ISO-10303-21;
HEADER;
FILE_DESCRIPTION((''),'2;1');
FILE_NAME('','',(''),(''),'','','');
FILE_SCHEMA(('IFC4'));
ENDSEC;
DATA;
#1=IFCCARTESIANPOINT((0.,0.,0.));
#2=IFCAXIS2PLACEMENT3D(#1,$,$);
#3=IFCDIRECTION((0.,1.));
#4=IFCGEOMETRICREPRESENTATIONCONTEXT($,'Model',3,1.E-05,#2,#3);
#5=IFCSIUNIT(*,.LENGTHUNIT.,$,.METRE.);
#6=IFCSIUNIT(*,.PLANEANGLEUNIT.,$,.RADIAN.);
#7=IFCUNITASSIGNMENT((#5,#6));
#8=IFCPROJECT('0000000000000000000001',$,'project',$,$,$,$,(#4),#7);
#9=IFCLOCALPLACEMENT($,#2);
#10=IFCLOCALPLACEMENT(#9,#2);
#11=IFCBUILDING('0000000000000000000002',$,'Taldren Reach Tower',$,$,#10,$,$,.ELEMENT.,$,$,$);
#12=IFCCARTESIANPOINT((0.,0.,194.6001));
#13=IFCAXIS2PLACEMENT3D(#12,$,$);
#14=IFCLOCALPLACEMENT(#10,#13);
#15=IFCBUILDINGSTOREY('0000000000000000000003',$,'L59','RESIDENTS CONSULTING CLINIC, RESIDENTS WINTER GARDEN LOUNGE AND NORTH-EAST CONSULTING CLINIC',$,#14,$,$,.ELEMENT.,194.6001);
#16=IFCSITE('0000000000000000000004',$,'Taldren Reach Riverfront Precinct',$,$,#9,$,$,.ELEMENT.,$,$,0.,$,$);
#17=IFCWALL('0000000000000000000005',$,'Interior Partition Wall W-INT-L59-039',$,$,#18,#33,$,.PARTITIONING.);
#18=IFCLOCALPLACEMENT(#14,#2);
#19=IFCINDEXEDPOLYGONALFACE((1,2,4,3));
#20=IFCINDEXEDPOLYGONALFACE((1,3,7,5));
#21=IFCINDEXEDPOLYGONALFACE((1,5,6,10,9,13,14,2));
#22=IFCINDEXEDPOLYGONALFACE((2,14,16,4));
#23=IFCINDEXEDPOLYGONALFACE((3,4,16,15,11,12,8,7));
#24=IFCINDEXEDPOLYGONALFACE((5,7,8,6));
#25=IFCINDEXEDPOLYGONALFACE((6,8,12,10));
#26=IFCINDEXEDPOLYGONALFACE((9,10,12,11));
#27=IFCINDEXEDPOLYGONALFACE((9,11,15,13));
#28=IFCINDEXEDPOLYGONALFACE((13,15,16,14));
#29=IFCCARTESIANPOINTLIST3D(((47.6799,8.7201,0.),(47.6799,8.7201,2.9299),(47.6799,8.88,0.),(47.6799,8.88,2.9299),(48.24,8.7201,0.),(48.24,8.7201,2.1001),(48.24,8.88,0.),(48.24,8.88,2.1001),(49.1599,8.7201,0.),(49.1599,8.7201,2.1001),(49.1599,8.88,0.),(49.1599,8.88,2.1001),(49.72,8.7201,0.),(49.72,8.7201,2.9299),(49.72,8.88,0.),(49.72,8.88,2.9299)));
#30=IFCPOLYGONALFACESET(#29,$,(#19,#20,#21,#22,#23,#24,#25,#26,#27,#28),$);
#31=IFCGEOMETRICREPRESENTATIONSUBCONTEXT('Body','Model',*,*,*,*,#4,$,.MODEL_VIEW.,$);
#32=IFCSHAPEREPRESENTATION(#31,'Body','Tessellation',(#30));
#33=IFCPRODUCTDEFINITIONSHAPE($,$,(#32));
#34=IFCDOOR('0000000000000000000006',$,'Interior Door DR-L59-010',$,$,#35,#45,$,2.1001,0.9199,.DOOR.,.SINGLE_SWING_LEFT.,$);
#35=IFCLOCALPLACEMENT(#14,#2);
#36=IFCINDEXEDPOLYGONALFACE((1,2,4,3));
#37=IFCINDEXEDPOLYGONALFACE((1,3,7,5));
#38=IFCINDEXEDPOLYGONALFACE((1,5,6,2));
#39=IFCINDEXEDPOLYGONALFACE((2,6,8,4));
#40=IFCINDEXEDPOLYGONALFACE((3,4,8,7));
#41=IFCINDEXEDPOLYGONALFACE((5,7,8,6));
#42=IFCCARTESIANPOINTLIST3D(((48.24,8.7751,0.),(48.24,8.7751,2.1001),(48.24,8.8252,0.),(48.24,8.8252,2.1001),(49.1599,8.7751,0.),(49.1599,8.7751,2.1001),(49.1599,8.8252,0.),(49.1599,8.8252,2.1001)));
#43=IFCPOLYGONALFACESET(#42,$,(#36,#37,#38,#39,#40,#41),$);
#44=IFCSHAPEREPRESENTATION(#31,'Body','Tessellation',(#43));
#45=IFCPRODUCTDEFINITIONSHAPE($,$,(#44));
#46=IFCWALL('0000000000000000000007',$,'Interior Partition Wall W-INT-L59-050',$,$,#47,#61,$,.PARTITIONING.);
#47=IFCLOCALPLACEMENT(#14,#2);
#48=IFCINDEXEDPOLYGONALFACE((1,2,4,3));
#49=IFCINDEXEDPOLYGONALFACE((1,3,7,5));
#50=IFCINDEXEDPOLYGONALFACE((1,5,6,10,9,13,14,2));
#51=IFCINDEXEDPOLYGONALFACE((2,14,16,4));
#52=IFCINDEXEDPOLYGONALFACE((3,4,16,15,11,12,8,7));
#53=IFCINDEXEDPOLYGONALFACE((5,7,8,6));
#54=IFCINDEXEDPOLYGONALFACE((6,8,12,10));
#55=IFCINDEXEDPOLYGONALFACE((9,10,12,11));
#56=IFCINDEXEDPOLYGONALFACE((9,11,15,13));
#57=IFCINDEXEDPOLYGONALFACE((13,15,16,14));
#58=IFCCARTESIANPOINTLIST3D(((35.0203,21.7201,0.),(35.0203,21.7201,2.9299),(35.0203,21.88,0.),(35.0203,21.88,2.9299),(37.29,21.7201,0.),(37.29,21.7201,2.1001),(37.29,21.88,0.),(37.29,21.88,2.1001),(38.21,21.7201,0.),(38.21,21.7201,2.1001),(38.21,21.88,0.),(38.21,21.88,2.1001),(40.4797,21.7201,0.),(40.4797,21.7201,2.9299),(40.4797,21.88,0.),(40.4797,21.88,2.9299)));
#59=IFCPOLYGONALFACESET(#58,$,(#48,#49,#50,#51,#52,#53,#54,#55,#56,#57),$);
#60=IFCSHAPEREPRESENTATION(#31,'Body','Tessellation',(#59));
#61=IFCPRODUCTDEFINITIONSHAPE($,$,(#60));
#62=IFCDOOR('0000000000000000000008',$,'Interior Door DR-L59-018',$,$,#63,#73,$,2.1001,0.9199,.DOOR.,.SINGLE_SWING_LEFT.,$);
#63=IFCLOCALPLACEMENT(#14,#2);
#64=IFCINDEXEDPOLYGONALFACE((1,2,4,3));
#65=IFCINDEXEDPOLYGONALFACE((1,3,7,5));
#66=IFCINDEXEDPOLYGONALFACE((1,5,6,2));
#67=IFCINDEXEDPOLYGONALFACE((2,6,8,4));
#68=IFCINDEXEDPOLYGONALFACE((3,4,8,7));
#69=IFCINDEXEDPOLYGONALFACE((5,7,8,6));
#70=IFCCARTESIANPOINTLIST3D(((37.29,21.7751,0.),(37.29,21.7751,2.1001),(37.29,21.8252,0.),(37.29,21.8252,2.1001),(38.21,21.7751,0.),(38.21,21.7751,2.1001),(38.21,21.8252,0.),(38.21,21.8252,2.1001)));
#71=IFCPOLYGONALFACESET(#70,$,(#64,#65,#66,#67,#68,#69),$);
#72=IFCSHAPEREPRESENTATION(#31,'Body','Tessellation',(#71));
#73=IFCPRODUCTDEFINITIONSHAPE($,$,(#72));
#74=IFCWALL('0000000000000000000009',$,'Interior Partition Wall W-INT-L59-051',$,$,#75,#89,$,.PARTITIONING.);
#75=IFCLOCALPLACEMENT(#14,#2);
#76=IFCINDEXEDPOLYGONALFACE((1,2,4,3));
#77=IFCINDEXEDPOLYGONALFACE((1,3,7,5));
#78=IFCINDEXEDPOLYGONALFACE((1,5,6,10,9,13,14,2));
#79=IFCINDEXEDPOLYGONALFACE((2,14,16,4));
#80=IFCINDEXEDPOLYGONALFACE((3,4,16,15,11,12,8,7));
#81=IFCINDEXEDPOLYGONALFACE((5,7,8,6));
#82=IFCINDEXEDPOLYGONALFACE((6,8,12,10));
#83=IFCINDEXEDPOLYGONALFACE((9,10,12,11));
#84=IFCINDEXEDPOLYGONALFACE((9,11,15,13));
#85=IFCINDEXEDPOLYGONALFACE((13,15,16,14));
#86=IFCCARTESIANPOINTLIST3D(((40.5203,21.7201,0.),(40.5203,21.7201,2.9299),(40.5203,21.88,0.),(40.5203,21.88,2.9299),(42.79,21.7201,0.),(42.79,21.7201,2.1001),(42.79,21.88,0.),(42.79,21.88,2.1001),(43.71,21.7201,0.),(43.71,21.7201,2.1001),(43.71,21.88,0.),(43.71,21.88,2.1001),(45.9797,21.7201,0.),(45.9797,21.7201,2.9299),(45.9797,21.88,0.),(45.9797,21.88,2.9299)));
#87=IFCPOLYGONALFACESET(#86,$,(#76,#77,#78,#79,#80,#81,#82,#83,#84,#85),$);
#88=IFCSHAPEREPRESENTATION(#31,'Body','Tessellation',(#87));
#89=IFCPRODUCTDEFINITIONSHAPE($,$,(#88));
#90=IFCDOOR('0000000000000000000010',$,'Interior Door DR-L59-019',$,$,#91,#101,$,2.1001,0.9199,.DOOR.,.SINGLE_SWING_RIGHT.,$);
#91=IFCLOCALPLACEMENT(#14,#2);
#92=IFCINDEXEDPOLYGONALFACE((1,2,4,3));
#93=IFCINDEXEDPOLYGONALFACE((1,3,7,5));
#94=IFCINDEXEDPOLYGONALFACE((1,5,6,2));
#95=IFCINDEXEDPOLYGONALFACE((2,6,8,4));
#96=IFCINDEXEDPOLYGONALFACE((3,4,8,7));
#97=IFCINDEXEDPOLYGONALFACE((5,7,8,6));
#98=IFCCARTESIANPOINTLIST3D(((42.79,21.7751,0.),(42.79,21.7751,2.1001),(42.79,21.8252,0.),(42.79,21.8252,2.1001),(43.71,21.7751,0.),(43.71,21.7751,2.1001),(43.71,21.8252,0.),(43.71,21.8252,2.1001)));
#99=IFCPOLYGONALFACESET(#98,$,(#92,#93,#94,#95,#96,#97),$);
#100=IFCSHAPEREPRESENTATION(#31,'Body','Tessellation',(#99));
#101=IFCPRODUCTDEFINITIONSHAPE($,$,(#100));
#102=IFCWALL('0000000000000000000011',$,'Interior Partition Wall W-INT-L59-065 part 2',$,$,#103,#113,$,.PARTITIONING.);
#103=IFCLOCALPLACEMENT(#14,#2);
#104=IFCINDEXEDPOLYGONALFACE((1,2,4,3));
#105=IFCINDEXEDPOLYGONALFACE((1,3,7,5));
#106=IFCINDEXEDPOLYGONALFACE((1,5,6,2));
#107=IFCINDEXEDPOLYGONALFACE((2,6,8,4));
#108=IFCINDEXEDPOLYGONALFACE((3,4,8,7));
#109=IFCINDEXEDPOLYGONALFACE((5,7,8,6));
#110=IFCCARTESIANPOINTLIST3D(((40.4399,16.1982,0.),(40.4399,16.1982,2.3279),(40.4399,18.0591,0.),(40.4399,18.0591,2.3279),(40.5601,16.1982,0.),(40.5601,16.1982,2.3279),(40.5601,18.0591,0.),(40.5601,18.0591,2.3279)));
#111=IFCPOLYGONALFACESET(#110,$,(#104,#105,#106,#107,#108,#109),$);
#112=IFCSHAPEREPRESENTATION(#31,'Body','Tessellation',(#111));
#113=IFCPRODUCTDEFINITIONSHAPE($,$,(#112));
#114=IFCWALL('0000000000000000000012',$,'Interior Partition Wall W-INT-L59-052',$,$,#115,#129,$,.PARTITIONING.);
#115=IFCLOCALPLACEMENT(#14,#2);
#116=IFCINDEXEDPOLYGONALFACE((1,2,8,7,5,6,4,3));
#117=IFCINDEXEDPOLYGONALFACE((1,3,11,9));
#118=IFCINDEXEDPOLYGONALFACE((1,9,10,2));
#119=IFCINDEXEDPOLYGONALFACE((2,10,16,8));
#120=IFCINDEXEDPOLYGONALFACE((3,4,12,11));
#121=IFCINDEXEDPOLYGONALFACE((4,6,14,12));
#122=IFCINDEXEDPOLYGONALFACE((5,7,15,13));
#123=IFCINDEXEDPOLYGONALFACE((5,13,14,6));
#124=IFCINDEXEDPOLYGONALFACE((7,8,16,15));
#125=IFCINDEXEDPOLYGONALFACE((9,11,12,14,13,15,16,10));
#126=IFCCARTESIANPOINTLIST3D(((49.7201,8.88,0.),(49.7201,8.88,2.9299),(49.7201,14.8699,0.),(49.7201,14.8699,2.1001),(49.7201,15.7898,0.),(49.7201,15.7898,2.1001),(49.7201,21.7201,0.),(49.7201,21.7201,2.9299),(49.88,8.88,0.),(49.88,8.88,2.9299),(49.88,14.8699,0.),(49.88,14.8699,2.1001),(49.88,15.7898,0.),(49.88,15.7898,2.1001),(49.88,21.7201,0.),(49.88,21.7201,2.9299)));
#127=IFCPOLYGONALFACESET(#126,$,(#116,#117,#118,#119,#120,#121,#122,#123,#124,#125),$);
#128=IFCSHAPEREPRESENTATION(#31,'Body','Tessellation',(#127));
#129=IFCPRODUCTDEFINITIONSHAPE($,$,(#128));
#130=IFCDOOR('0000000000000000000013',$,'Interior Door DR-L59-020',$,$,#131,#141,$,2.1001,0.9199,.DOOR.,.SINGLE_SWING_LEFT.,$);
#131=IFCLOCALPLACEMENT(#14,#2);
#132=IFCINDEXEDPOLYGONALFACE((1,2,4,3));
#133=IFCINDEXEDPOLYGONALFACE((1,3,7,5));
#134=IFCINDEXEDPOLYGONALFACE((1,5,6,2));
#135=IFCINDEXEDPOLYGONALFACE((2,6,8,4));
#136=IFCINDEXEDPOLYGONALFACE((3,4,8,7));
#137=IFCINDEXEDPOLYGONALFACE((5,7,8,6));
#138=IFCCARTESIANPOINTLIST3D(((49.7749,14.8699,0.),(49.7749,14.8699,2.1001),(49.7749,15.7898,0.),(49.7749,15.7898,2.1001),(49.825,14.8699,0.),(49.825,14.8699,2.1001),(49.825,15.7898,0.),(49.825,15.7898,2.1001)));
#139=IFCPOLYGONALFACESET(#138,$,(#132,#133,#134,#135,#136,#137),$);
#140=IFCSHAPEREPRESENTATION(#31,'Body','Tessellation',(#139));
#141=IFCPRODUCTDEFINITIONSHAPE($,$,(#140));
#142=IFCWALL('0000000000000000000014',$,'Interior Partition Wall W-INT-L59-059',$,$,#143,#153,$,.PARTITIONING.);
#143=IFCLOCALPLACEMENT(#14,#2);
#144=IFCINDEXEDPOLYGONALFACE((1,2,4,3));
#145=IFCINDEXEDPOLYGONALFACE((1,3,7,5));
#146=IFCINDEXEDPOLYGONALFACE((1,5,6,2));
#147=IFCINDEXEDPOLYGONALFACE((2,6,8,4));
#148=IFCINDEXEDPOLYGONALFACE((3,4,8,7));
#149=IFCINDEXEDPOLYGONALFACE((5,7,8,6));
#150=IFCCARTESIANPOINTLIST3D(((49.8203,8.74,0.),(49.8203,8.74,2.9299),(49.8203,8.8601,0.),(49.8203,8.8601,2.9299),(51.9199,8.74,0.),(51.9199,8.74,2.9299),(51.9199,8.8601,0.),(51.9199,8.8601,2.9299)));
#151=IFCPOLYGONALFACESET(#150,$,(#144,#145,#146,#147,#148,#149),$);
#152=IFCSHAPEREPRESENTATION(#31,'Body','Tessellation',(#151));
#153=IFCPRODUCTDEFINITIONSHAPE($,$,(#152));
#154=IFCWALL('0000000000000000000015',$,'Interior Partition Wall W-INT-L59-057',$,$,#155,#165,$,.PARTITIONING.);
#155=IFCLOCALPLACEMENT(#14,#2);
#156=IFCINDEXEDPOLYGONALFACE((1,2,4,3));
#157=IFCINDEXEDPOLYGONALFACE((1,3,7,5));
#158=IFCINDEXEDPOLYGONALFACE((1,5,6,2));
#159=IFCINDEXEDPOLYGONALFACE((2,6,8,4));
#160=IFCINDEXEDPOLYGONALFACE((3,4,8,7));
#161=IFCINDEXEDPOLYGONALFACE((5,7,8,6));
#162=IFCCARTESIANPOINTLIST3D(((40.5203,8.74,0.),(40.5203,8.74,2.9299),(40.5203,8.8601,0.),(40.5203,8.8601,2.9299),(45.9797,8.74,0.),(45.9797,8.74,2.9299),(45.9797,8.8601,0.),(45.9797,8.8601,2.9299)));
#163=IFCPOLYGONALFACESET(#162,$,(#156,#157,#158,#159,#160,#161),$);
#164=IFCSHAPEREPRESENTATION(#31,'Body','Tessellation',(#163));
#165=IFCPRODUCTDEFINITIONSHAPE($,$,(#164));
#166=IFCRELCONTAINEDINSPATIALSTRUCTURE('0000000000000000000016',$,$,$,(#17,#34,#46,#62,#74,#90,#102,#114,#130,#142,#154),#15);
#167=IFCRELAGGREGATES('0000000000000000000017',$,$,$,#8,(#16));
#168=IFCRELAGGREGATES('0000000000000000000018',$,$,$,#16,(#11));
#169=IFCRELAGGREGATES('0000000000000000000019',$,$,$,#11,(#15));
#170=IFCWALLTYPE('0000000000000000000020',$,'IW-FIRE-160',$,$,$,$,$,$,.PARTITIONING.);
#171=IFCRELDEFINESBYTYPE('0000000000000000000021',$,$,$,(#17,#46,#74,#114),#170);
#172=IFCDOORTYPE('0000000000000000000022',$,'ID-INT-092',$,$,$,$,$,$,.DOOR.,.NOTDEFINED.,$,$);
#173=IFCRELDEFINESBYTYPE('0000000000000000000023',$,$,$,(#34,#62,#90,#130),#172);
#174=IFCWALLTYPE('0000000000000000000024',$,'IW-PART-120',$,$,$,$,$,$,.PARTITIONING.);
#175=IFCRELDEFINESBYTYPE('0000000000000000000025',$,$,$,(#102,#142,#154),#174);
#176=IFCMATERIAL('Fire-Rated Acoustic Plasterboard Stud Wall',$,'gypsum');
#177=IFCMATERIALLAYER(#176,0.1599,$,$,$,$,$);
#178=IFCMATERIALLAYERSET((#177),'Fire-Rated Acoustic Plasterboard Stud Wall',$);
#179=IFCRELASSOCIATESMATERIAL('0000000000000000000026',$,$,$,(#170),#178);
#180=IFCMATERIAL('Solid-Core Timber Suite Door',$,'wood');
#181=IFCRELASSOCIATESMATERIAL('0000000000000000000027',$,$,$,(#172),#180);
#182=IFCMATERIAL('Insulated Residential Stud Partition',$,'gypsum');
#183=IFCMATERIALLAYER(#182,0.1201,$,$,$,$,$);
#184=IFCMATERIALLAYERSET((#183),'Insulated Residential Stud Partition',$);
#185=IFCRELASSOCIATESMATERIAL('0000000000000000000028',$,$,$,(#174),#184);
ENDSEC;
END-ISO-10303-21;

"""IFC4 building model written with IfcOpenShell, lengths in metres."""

from ifc_helpers import new_model, si_unit, direction, frame, frame_2d, origin, place, context, subcontext, project, spatial, rectangle, extrude, source, transform, mapped, material, layer, layer_set, type_object, element, fill, save


model = new_model("IFC4")

# Units and contexts
model_context = context("Model", 3, precision=1e-05, world=origin(), true_north=direction((0.0, 1.0)))
body_context = subcontext(model_context, "Body", "Model", "MODEL_VIEW")
ifc_project = project(units=[si_unit("LENGTHUNIT", "METRE"), si_unit("PLANEANGLEUNIT", "RADIAN")], contexts=[model_context])

# Site, building, storey
site_placement = place(None, origin())
site = spatial("IfcSite", under=ifc_project, at=site_placement, Name="Taldren Reach Riverfront Precinct", CompositionType="ELEMENT", RefElevation=0.0)
building_placement = place(site_placement, origin())
building = spatial("IfcBuilding", under=site, at=building_placement, Name="Taldren Reach Tower", CompositionType="ELEMENT")
storey_placement = place(building_placement, frame((0.0, 0.0, 194.6001)))
storey = spatial("IfcBuildingStorey", under=building, at=storey_placement, Name="L59", Description="RESIDENTS CONSULTING CLINIC, RESIDENTS WINTER GARDEN LOUNGE AND NORTH-EAST CONSULTING CLINIC", CompositionType="ELEMENT", Elevation=194.6001)

# Walls, openings, doors
ifc_material_1 = material(Name="Fire-Rated Acoustic Plasterboard Stud Wall", Category="gypsum")
ifc_layer_1 = layer(ifc_material_1, 0.1599)
ifc_layer_set_1 = layer_set([ifc_layer_1], Name="Fire-Rated Acoustic Plasterboard Stud Wall")
wall_type_1 = type_object("IfcWallType", Name="IW-FIRE-160", PredefinedType="PARTITIONING", material=ifc_layer_set_1)
shared_shape_1 = source(origin(), body_context, "Body", "SweptSolid", [
    extrude(rectangle(XDim=2.04, YDim=0.1599, at=frame_2d((1.02, 0.0))), origin(), (0.0, 0.0, 1.0), 2.9299),
])
wall_1_placement = place(storey_placement, frame((49.72, 8.8, 0.0), z_axis=(0.0, 0.0, 1.0), x_axis=(-1.0, 0.0, 0.0)))
wall_1 = element("IfcWall", 1, at=wall_1_placement, inside=storey, type_object=wall_type_1, Name="Interior Partition Wall W-INT-L59-039", PredefinedType="PARTITIONING", context=body_context, shape_type="MappedRepresentation", body=[
    mapped(shared_shape_1, transform((0.0, 0.0, 0.0), scale=1.0)),
])
shared_shape_2 = source(origin(), body_context, "Body", "SweptSolid", [
    extrude(rectangle(XDim=0.9199, YDim=2.1001, at=frame_2d((0.46, 1.05))), frame((0.0, 0.0898, 0.0), z_axis=(0.0, -1.0, 0.0), x_axis=(1.0, 0.0, 0.0)), (0.0, 0.0, 1.0), 0.1799),
])
opening_1_placement = place(wall_1_placement, frame((0.5601, 0.0, 0.0)))
opening_1 = element("IfcOpeningElement", 2, at=opening_1_placement, cuts=wall_1, PredefinedType="OPENING", context=body_context, shape_type="MappedRepresentation", body=[
    mapped(shared_shape_2, transform((0.0, 0.0, 0.0), scale=1.0)),
])
ifc_material_2 = material(Name="Solid-Core Timber Suite Door", Category="wood")
door_type = type_object("IfcDoorType", Name="ID-INT-092", OperationType="NOTDEFINED", PredefinedType="DOOR", material=ifc_material_2)
shared_shape_3 = source(origin(), body_context, "Body", "SweptSolid", [
    extrude(rectangle(XDim=0.9199, YDim=2.1001, at=frame_2d((0.46, 1.05))), frame((0.0, 0.0249, 0.0), z_axis=(0.0, -1.0, 0.0), x_axis=(1.0, 0.0, 0.0)), (0.0, 0.0, 1.0), 0.05),
])
door_1_placement = place(opening_1_placement, origin())
door_1 = element("IfcDoor", 3, at=door_1_placement, inside=storey, type_object=door_type, Name="Interior Door DR-L59-010", OperationType="SINGLE_SWING_LEFT", OverallHeight=2.1001, OverallWidth=0.9199, PredefinedType="DOOR", context=body_context, shape_type="MappedRepresentation", body=[
    mapped(shared_shape_3, transform((0.0, 0.0, 0.0), scale=1.0)),
])
fill(opening_1, door_1)
shared_shape_4 = source(origin(), body_context, "Body", "SweptSolid", [
    extrude(rectangle(XDim=5.4595, YDim=0.1599, at=frame_2d((2.7297, 0.0))), origin(), (0.0, 0.0, 1.0), 2.9299),
])
wall_2_placement = place(storey_placement, frame((40.4797, 21.8, 0.0), z_axis=(0.0, 0.0, 1.0), x_axis=(-1.0, 0.0, 0.0)))
wall_2 = element("IfcWall", 4, at=wall_2_placement, inside=storey, type_object=wall_type_1, Name="Interior Partition Wall W-INT-L59-050", PredefinedType="PARTITIONING", context=body_context, shape_type="MappedRepresentation", body=[
    mapped(shared_shape_4, transform((0.0, 0.0, 0.0), scale=1.0)),
])
opening_2_placement = place(wall_2_placement, frame((2.2698, 0.0, 0.0)))
opening_2 = element("IfcOpeningElement", 5, at=opening_2_placement, cuts=wall_2, PredefinedType="OPENING", context=body_context, shape_type="MappedRepresentation", body=[
    mapped(shared_shape_2, transform((0.0, 0.0, 0.0), scale=1.0)),
])
door_2_placement = place(opening_2_placement, origin())
door_2 = element("IfcDoor", 6, at=door_2_placement, inside=storey, type_object=door_type, Name="Interior Door DR-L59-018", OperationType="SINGLE_SWING_LEFT", OverallHeight=2.1001, OverallWidth=0.9199, PredefinedType="DOOR", context=body_context, shape_type="MappedRepresentation", body=[
    mapped(shared_shape_3, transform((0.0, 0.0, 0.0), scale=1.0)),
])
fill(opening_2, door_2)
wall_3_placement = place(storey_placement, frame((45.9797, 21.8, 0.0), z_axis=(0.0, 0.0, 1.0), x_axis=(-1.0, 0.0, 0.0)))
wall_3 = element("IfcWall", 7, at=wall_3_placement, inside=storey, type_object=wall_type_1, Name="Interior Partition Wall W-INT-L59-051", PredefinedType="PARTITIONING", context=body_context, shape_type="MappedRepresentation", body=[
    mapped(shared_shape_4, transform((0.0, 0.0, 0.0), scale=1.0)),
])
opening_3_placement = place(wall_3_placement, frame((2.2698, 0.0, 0.0)))
opening_3 = element("IfcOpeningElement", 8, at=opening_3_placement, cuts=wall_3, PredefinedType="OPENING", context=body_context, shape_type="MappedRepresentation", body=[
    mapped(shared_shape_2, transform((0.0, 0.0, 0.0), scale=1.0)),
])
door_3_placement = place(opening_3_placement, origin())
door_3 = element("IfcDoor", 9, at=door_3_placement, inside=storey, type_object=door_type, Name="Interior Door DR-L59-019", OperationType="SINGLE_SWING_RIGHT", OverallHeight=2.1001, OverallWidth=0.9199, PredefinedType="DOOR", context=body_context, shape_type="MappedRepresentation", body=[
    mapped(shared_shape_3, transform((0.0, 0.0, 0.0), scale=1.0)),
])
fill(opening_3, door_3)

# Wall
ifc_material_3 = material(Name="Insulated Residential Stud Partition", Category="gypsum")
ifc_layer_2 = layer(ifc_material_3, 0.1201)
ifc_layer_set_2 = layer_set([ifc_layer_2], Name="Insulated Residential Stud Partition")
wall_type_2 = type_object("IfcWallType", Name="IW-PART-120", PredefinedType="PARTITIONING", material=ifc_layer_set_2)
shared_shape_5 = source(origin(), body_context, "Body", "SweptSolid", [
    extrude(rectangle(XDim=1.8608, YDim=0.1201, at=frame_2d((0.9304, 0.0))), origin(), (0.0, 0.0, 1.0), 2.3279),
])
wall_4_placement = place(storey_placement, frame((40.5, 18.0591, 0.0), z_axis=(0.0, 0.0, 1.0), x_axis=(0.0, -1.0, 0.0)))
element("IfcWall", 10, at=wall_4_placement, inside=storey, type_object=wall_type_2, Name="Interior Partition Wall W-INT-L59-065 part 2", PredefinedType="PARTITIONING", context=body_context, shape_type="MappedRepresentation", body=[
    mapped(shared_shape_5, transform((0.0, 0.0, 0.0), scale=1.0)),
])

# Wall, opening, door
shared_shape_6 = source(origin(), body_context, "Body", "SweptSolid", [
    extrude(rectangle(XDim=12.8401, YDim=0.1599, at=frame_2d((6.4199, 0.0))), origin(), (0.0, 0.0, 1.0), 2.9299),
])
wall_5_placement = place(storey_placement, frame((49.8, 21.72, 0.0), z_axis=(0.0, 0.0, 1.0), x_axis=(0.0, -1.0, 0.0)))
wall_5 = element("IfcWall", 11, at=wall_5_placement, inside=storey, type_object=wall_type_1, Name="Interior Partition Wall W-INT-L59-052", PredefinedType="PARTITIONING", context=body_context, shape_type="MappedRepresentation", body=[
    mapped(shared_shape_6, transform((0.0, 0.0, 0.0), scale=1.0)),
])
opening_4_placement = place(wall_5_placement, frame((5.9302, 0.0, 0.0)))
opening_4 = element("IfcOpeningElement", 12, at=opening_4_placement, cuts=wall_5, PredefinedType="OPENING", context=body_context, shape_type="MappedRepresentation", body=[
    mapped(shared_shape_2, transform((0.0, 0.0, 0.0), scale=1.0)),
])
door_4_placement = place(opening_4_placement, origin())
door_4 = element("IfcDoor", 13, at=door_4_placement, inside=storey, type_object=door_type, Name="Interior Door DR-L59-020", OperationType="SINGLE_SWING_LEFT", OverallHeight=2.1001, OverallWidth=0.9199, PredefinedType="DOOR", context=body_context, shape_type="MappedRepresentation", body=[
    mapped(shared_shape_3, transform((0.0, 0.0, 0.0), scale=1.0)),
])
fill(opening_4, door_4)

# Walls
shared_shape_7 = source(origin(), body_context, "Body", "SweptSolid", [
    extrude(rectangle(XDim=2.0996, YDim=0.1201, at=frame_2d((1.0498, 0.0))), origin(), (0.0, 0.0, 1.0), 2.9299),
])
wall_6_placement = place(storey_placement, frame((49.8203, 8.8, 0.0), z_axis=(0.0, 0.0, 1.0), x_axis=(1.0, 0.0, 0.0)))
element("IfcWall", 14, at=wall_6_placement, inside=storey, type_object=wall_type_2, Name="Interior Partition Wall W-INT-L59-059", PredefinedType="PARTITIONING", context=body_context, shape_type="MappedRepresentation", body=[
    mapped(shared_shape_7, transform((0.0, 0.0, 0.0), scale=1.0)),
])
shared_shape_8 = source(origin(), body_context, "Body", "SweptSolid", [
    extrude(rectangle(XDim=5.4595, YDim=0.1201, at=frame_2d((2.7297, 0.0))), origin(), (0.0, 0.0, 1.0), 2.9299),
])
wall_7_placement = place(storey_placement, frame((40.5203, 8.8, 0.0), z_axis=(0.0, 0.0, 1.0), x_axis=(1.0, 0.0, 0.0)))
element("IfcWall", 15, at=wall_7_placement, inside=storey, type_object=wall_type_2, Name="Interior Partition Wall W-INT-L59-057", PredefinedType="PARTITIONING", context=body_context, shape_type="MappedRepresentation", body=[
    mapped(shared_shape_8, transform((0.0, 0.0, 0.0), scale=1.0)),
])

save(model, "model.ifc")
